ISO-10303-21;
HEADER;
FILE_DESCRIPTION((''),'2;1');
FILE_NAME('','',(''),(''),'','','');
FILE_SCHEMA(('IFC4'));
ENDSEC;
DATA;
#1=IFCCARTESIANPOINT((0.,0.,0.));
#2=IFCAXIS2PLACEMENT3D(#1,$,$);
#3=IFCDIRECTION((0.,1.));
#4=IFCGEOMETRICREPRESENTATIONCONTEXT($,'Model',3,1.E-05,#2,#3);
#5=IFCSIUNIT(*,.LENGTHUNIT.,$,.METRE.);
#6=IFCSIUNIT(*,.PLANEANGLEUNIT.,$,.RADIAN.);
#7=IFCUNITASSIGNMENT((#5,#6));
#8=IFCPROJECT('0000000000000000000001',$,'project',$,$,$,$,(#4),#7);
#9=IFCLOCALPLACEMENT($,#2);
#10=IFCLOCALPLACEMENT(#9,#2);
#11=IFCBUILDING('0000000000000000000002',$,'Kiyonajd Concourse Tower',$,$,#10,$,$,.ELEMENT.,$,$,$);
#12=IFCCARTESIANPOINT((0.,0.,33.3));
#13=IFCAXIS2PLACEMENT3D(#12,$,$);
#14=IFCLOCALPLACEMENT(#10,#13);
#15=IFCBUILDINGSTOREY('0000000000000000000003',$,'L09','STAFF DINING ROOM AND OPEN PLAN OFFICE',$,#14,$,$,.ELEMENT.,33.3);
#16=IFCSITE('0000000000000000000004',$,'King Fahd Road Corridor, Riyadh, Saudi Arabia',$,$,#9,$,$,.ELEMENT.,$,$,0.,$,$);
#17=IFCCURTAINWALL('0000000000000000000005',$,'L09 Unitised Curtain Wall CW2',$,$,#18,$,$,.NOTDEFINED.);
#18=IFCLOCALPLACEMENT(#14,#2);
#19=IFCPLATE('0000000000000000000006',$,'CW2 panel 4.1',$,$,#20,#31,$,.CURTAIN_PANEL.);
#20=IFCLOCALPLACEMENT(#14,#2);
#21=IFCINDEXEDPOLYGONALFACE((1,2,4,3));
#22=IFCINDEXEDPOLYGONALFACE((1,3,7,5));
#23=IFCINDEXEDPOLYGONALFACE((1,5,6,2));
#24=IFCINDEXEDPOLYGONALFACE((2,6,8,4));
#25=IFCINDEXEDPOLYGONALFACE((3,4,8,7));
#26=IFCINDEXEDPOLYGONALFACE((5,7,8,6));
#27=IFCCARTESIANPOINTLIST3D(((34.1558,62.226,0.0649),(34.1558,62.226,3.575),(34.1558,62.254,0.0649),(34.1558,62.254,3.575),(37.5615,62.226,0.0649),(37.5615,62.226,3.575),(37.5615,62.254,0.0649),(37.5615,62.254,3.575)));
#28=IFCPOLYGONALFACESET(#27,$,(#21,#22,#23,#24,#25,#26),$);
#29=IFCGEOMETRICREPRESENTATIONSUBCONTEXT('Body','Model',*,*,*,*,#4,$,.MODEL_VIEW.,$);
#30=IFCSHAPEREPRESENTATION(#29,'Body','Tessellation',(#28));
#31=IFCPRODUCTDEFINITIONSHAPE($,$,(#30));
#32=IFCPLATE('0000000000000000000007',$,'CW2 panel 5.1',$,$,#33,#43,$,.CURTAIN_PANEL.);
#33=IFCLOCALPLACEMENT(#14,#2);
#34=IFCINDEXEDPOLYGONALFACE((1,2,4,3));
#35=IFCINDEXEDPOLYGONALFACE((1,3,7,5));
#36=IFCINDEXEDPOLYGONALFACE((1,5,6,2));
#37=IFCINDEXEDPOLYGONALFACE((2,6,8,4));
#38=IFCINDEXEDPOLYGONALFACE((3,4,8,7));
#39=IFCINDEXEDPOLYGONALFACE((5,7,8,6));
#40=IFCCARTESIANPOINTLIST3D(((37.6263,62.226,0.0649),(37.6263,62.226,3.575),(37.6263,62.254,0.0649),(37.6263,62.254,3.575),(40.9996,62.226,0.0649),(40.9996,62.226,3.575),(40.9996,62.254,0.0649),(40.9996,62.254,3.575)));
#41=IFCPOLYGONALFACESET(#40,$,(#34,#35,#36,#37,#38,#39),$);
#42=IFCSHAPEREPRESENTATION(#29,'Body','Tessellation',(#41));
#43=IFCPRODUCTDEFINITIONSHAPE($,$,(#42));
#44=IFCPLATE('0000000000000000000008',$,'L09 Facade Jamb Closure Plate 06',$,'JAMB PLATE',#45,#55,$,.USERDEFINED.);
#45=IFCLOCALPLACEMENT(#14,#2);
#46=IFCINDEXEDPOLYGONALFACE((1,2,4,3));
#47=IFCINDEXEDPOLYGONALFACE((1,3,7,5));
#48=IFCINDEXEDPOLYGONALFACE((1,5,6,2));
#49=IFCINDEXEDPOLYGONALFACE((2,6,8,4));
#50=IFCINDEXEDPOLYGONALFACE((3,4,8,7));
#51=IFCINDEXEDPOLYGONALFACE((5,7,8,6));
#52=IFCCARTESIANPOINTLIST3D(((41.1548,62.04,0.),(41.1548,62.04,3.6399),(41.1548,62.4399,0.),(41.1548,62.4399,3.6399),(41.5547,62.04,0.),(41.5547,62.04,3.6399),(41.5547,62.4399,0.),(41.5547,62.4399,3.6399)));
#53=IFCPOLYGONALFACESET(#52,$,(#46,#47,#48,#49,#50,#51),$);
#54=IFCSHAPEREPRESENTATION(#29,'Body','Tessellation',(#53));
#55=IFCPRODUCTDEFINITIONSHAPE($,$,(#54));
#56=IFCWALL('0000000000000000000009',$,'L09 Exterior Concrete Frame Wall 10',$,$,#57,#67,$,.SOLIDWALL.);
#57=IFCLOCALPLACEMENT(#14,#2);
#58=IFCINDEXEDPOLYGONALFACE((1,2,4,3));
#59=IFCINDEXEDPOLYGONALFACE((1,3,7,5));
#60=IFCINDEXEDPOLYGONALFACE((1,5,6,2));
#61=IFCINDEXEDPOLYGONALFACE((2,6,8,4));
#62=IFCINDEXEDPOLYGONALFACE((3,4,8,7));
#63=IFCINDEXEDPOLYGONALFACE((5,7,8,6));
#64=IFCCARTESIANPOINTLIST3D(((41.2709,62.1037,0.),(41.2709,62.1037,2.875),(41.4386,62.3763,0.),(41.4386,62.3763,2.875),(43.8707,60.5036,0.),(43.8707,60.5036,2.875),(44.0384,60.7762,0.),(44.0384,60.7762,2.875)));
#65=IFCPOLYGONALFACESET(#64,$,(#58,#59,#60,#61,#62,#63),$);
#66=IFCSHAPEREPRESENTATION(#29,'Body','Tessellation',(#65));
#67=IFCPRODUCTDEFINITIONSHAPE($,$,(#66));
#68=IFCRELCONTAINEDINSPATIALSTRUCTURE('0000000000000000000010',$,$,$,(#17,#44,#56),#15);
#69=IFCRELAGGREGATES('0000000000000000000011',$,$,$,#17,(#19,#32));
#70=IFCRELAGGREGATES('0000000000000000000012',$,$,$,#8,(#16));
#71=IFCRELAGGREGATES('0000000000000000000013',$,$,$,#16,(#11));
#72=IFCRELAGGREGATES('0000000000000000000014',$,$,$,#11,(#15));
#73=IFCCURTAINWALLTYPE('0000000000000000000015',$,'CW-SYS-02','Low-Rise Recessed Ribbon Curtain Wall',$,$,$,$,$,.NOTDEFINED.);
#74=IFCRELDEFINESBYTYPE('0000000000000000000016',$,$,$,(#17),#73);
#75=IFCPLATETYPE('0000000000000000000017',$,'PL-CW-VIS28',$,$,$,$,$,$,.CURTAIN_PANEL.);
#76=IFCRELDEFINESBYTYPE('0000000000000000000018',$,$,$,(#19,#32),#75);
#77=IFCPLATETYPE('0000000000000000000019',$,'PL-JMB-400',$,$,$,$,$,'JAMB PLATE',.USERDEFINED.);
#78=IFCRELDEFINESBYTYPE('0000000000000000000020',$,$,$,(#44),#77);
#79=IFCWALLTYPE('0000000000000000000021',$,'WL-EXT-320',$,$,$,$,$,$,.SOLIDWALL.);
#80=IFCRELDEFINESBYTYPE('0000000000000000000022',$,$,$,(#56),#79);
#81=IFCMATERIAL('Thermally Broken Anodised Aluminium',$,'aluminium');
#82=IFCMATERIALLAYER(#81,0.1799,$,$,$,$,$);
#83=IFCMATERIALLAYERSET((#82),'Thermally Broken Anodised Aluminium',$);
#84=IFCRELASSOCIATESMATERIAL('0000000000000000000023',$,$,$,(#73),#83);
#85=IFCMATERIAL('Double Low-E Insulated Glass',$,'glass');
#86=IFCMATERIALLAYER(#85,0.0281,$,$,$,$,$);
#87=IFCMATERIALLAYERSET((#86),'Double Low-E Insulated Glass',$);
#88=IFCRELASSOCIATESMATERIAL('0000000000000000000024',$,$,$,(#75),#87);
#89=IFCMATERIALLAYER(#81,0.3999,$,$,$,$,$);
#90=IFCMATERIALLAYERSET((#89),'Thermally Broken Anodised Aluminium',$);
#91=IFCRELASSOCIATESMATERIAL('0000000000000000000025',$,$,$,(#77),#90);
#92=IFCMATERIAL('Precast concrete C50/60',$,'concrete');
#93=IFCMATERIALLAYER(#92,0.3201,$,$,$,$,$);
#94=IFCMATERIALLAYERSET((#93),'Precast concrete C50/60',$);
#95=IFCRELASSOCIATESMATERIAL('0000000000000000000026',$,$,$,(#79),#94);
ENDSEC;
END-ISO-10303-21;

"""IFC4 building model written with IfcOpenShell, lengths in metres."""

from ifc_helpers import new_model, si_unit, direction, frame, frame_2d, origin, origin_2d, place, context, subcontext, project, spatial, rectangle, extrude, material, layer, layer_set, type_object, element, aggregate, save


model = new_model("IFC4")

# Units and contexts
model_context = context("Model", 3, precision=1e-05, world=origin(), true_north=direction((0.0, 1.0)))
body_context = subcontext(model_context, "Body", "Model", "MODEL_VIEW")
ifc_project = project(units=[si_unit("LENGTHUNIT", "METRE"), si_unit("PLANEANGLEUNIT", "RADIAN")], contexts=[model_context])

# Site, building, storey
site_placement = place(None, origin())
site = spatial("IfcSite", under=ifc_project, at=site_placement, Name="King Fahd Road Corridor, Riyadh, Saudi Arabia", CompositionType="ELEMENT", RefElevation=0.0)
building_placement = place(site_placement, origin())
building = spatial("IfcBuilding", under=site, at=building_placement, Name="Kiyonajd Concourse Tower", CompositionType="ELEMENT")
storey_placement = place(building_placement, frame((0.0, 0.0, 33.3)))
storey = spatial("IfcBuildingStorey", under=building, at=storey_placement, Name="L09", Description="STAFF DINING ROOM AND OPEN PLAN OFFICE", CompositionType="ELEMENT", Elevation=33.3)

# Shared definitions
ifc_material_1 = material(Name="Precast concrete C50/60", Category="concrete")

# Curtain wall, plates
ifc_material_2 = material(Name="Thermally Broken Anodised Aluminium", Category="aluminium")
ifc_layer_1 = layer(ifc_material_2, 0.1799)
ifc_layer_set_1 = layer_set([ifc_layer_1], Name="Thermally Broken Anodised Aluminium")
curtain_wall_type = type_object("IfcCurtainWallType", Name="CW-SYS-02", Description="Low-Rise Recessed Ribbon Curtain Wall", PredefinedType="NOTDEFINED", material=ifc_layer_set_1)
curtain_wall_placement = place(storey_placement, origin())
curtain_wall = element("IfcCurtainWall", 1, at=curtain_wall_placement, inside=storey, type_object=curtain_wall_type, Name="L09 Unitised Curtain Wall CW2", PredefinedType="NOTDEFINED")
ifc_material_3 = material(Name="Double Low-E Insulated Glass", Category="glass")
ifc_layer_2 = layer(ifc_material_3, 0.0281)
ifc_layer_set_2 = layer_set([ifc_layer_2], Name="Double Low-E Insulated Glass")
plate_type_1 = type_object("IfcPlateType", Name="PL-CW-VIS28", PredefinedType="CURTAIN_PANEL", material=ifc_layer_set_2)
plate_1_placement = place(storey_placement, frame((35.8586, 62.24, 0.0649), z_axis=(0.0, 0.0, 1.0), x_axis=(1.0, 0.0, 0.0)))
plate_1 = element("IfcPlate", 2, at=plate_1_placement, type_object=plate_type_1, Name="CW2 panel 4.1", PredefinedType="CURTAIN_PANEL", context=body_context, shape_type="SweptSolid", body=[
    extrude(rectangle(XDim=3.4058, YDim=0.0281, at=origin_2d()), origin(), (0.0, 0.0, 1.0), 3.51),
])
plate_2_placement = place(storey_placement, frame((39.313, 62.24, 0.0649), z_axis=(0.0, 0.0, 1.0), x_axis=(1.0, 0.0, 0.0)))
plate_2 = element("IfcPlate", 3, at=plate_2_placement, type_object=plate_type_1, Name="CW2 panel 5.1", PredefinedType="CURTAIN_PANEL", context=body_context, shape_type="SweptSolid", body=[
    extrude(rectangle(XDim=3.3733, YDim=0.0281, at=origin_2d()), origin(), (0.0, 0.0, 1.0), 3.51),
])
aggregate(curtain_wall, [plate_1, plate_2])

# Plate
ifc_layer_3 = layer(ifc_material_2, 0.3999)
ifc_layer_set_3 = layer_set([ifc_layer_3], Name="Thermally Broken Anodised Aluminium")
plate_type_2 = type_object("IfcPlateType", Name="PL-JMB-400", ElementType="JAMB PLATE", PredefinedType="USERDEFINED", material=ifc_layer_set_3)
plate_3_placement = place(storey_placement, frame((41.3547, 62.24, 0.0), z_axis=(0.0, 0.0, 1.0), x_axis=(1.0, 0.0, 0.0)))
element("IfcPlate", 4, at=plate_3_placement, inside=storey, type_object=plate_type_2, Name="L09 Facade Jamb Closure Plate 06", ObjectType="JAMB PLATE", PredefinedType="USERDEFINED", context=body_context, shape_type="SweptSolid", body=[
    extrude(rectangle(XDim=0.3999, YDim=0.3999, at=origin_2d()), origin(), (0.0, 0.0, 1.0), 3.6399),
])

# Wall
ifc_layer_4 = layer(ifc_material_1, 0.3201)
ifc_layer_set_4 = layer_set([ifc_layer_4], Name="Precast concrete C50/60")
wall_type = type_object("IfcWallType", Name="WL-EXT-320", PredefinedType="SOLIDWALL", material=ifc_layer_set_4)
wall_placement = place(storey_placement, frame((41.3547, 62.24, 0.0), z_axis=(0.0, 0.0, 1.0), x_axis=(0.851631, -0.524142, 0.0)))
element("IfcWall", 5, at=wall_placement, inside=storey, type_object=wall_type, Name="L09 Exterior Concrete Frame Wall 10", PredefinedType="SOLIDWALL", context=body_context, shape_type="SweptSolid", body=[
    extrude(rectangle(XDim=3.0527, YDim=0.3201, at=frame_2d((1.5264, 0.0))), origin(), (0.0, 0.0, 1.0), 2.875),
])

save(model, "model.ifc")
